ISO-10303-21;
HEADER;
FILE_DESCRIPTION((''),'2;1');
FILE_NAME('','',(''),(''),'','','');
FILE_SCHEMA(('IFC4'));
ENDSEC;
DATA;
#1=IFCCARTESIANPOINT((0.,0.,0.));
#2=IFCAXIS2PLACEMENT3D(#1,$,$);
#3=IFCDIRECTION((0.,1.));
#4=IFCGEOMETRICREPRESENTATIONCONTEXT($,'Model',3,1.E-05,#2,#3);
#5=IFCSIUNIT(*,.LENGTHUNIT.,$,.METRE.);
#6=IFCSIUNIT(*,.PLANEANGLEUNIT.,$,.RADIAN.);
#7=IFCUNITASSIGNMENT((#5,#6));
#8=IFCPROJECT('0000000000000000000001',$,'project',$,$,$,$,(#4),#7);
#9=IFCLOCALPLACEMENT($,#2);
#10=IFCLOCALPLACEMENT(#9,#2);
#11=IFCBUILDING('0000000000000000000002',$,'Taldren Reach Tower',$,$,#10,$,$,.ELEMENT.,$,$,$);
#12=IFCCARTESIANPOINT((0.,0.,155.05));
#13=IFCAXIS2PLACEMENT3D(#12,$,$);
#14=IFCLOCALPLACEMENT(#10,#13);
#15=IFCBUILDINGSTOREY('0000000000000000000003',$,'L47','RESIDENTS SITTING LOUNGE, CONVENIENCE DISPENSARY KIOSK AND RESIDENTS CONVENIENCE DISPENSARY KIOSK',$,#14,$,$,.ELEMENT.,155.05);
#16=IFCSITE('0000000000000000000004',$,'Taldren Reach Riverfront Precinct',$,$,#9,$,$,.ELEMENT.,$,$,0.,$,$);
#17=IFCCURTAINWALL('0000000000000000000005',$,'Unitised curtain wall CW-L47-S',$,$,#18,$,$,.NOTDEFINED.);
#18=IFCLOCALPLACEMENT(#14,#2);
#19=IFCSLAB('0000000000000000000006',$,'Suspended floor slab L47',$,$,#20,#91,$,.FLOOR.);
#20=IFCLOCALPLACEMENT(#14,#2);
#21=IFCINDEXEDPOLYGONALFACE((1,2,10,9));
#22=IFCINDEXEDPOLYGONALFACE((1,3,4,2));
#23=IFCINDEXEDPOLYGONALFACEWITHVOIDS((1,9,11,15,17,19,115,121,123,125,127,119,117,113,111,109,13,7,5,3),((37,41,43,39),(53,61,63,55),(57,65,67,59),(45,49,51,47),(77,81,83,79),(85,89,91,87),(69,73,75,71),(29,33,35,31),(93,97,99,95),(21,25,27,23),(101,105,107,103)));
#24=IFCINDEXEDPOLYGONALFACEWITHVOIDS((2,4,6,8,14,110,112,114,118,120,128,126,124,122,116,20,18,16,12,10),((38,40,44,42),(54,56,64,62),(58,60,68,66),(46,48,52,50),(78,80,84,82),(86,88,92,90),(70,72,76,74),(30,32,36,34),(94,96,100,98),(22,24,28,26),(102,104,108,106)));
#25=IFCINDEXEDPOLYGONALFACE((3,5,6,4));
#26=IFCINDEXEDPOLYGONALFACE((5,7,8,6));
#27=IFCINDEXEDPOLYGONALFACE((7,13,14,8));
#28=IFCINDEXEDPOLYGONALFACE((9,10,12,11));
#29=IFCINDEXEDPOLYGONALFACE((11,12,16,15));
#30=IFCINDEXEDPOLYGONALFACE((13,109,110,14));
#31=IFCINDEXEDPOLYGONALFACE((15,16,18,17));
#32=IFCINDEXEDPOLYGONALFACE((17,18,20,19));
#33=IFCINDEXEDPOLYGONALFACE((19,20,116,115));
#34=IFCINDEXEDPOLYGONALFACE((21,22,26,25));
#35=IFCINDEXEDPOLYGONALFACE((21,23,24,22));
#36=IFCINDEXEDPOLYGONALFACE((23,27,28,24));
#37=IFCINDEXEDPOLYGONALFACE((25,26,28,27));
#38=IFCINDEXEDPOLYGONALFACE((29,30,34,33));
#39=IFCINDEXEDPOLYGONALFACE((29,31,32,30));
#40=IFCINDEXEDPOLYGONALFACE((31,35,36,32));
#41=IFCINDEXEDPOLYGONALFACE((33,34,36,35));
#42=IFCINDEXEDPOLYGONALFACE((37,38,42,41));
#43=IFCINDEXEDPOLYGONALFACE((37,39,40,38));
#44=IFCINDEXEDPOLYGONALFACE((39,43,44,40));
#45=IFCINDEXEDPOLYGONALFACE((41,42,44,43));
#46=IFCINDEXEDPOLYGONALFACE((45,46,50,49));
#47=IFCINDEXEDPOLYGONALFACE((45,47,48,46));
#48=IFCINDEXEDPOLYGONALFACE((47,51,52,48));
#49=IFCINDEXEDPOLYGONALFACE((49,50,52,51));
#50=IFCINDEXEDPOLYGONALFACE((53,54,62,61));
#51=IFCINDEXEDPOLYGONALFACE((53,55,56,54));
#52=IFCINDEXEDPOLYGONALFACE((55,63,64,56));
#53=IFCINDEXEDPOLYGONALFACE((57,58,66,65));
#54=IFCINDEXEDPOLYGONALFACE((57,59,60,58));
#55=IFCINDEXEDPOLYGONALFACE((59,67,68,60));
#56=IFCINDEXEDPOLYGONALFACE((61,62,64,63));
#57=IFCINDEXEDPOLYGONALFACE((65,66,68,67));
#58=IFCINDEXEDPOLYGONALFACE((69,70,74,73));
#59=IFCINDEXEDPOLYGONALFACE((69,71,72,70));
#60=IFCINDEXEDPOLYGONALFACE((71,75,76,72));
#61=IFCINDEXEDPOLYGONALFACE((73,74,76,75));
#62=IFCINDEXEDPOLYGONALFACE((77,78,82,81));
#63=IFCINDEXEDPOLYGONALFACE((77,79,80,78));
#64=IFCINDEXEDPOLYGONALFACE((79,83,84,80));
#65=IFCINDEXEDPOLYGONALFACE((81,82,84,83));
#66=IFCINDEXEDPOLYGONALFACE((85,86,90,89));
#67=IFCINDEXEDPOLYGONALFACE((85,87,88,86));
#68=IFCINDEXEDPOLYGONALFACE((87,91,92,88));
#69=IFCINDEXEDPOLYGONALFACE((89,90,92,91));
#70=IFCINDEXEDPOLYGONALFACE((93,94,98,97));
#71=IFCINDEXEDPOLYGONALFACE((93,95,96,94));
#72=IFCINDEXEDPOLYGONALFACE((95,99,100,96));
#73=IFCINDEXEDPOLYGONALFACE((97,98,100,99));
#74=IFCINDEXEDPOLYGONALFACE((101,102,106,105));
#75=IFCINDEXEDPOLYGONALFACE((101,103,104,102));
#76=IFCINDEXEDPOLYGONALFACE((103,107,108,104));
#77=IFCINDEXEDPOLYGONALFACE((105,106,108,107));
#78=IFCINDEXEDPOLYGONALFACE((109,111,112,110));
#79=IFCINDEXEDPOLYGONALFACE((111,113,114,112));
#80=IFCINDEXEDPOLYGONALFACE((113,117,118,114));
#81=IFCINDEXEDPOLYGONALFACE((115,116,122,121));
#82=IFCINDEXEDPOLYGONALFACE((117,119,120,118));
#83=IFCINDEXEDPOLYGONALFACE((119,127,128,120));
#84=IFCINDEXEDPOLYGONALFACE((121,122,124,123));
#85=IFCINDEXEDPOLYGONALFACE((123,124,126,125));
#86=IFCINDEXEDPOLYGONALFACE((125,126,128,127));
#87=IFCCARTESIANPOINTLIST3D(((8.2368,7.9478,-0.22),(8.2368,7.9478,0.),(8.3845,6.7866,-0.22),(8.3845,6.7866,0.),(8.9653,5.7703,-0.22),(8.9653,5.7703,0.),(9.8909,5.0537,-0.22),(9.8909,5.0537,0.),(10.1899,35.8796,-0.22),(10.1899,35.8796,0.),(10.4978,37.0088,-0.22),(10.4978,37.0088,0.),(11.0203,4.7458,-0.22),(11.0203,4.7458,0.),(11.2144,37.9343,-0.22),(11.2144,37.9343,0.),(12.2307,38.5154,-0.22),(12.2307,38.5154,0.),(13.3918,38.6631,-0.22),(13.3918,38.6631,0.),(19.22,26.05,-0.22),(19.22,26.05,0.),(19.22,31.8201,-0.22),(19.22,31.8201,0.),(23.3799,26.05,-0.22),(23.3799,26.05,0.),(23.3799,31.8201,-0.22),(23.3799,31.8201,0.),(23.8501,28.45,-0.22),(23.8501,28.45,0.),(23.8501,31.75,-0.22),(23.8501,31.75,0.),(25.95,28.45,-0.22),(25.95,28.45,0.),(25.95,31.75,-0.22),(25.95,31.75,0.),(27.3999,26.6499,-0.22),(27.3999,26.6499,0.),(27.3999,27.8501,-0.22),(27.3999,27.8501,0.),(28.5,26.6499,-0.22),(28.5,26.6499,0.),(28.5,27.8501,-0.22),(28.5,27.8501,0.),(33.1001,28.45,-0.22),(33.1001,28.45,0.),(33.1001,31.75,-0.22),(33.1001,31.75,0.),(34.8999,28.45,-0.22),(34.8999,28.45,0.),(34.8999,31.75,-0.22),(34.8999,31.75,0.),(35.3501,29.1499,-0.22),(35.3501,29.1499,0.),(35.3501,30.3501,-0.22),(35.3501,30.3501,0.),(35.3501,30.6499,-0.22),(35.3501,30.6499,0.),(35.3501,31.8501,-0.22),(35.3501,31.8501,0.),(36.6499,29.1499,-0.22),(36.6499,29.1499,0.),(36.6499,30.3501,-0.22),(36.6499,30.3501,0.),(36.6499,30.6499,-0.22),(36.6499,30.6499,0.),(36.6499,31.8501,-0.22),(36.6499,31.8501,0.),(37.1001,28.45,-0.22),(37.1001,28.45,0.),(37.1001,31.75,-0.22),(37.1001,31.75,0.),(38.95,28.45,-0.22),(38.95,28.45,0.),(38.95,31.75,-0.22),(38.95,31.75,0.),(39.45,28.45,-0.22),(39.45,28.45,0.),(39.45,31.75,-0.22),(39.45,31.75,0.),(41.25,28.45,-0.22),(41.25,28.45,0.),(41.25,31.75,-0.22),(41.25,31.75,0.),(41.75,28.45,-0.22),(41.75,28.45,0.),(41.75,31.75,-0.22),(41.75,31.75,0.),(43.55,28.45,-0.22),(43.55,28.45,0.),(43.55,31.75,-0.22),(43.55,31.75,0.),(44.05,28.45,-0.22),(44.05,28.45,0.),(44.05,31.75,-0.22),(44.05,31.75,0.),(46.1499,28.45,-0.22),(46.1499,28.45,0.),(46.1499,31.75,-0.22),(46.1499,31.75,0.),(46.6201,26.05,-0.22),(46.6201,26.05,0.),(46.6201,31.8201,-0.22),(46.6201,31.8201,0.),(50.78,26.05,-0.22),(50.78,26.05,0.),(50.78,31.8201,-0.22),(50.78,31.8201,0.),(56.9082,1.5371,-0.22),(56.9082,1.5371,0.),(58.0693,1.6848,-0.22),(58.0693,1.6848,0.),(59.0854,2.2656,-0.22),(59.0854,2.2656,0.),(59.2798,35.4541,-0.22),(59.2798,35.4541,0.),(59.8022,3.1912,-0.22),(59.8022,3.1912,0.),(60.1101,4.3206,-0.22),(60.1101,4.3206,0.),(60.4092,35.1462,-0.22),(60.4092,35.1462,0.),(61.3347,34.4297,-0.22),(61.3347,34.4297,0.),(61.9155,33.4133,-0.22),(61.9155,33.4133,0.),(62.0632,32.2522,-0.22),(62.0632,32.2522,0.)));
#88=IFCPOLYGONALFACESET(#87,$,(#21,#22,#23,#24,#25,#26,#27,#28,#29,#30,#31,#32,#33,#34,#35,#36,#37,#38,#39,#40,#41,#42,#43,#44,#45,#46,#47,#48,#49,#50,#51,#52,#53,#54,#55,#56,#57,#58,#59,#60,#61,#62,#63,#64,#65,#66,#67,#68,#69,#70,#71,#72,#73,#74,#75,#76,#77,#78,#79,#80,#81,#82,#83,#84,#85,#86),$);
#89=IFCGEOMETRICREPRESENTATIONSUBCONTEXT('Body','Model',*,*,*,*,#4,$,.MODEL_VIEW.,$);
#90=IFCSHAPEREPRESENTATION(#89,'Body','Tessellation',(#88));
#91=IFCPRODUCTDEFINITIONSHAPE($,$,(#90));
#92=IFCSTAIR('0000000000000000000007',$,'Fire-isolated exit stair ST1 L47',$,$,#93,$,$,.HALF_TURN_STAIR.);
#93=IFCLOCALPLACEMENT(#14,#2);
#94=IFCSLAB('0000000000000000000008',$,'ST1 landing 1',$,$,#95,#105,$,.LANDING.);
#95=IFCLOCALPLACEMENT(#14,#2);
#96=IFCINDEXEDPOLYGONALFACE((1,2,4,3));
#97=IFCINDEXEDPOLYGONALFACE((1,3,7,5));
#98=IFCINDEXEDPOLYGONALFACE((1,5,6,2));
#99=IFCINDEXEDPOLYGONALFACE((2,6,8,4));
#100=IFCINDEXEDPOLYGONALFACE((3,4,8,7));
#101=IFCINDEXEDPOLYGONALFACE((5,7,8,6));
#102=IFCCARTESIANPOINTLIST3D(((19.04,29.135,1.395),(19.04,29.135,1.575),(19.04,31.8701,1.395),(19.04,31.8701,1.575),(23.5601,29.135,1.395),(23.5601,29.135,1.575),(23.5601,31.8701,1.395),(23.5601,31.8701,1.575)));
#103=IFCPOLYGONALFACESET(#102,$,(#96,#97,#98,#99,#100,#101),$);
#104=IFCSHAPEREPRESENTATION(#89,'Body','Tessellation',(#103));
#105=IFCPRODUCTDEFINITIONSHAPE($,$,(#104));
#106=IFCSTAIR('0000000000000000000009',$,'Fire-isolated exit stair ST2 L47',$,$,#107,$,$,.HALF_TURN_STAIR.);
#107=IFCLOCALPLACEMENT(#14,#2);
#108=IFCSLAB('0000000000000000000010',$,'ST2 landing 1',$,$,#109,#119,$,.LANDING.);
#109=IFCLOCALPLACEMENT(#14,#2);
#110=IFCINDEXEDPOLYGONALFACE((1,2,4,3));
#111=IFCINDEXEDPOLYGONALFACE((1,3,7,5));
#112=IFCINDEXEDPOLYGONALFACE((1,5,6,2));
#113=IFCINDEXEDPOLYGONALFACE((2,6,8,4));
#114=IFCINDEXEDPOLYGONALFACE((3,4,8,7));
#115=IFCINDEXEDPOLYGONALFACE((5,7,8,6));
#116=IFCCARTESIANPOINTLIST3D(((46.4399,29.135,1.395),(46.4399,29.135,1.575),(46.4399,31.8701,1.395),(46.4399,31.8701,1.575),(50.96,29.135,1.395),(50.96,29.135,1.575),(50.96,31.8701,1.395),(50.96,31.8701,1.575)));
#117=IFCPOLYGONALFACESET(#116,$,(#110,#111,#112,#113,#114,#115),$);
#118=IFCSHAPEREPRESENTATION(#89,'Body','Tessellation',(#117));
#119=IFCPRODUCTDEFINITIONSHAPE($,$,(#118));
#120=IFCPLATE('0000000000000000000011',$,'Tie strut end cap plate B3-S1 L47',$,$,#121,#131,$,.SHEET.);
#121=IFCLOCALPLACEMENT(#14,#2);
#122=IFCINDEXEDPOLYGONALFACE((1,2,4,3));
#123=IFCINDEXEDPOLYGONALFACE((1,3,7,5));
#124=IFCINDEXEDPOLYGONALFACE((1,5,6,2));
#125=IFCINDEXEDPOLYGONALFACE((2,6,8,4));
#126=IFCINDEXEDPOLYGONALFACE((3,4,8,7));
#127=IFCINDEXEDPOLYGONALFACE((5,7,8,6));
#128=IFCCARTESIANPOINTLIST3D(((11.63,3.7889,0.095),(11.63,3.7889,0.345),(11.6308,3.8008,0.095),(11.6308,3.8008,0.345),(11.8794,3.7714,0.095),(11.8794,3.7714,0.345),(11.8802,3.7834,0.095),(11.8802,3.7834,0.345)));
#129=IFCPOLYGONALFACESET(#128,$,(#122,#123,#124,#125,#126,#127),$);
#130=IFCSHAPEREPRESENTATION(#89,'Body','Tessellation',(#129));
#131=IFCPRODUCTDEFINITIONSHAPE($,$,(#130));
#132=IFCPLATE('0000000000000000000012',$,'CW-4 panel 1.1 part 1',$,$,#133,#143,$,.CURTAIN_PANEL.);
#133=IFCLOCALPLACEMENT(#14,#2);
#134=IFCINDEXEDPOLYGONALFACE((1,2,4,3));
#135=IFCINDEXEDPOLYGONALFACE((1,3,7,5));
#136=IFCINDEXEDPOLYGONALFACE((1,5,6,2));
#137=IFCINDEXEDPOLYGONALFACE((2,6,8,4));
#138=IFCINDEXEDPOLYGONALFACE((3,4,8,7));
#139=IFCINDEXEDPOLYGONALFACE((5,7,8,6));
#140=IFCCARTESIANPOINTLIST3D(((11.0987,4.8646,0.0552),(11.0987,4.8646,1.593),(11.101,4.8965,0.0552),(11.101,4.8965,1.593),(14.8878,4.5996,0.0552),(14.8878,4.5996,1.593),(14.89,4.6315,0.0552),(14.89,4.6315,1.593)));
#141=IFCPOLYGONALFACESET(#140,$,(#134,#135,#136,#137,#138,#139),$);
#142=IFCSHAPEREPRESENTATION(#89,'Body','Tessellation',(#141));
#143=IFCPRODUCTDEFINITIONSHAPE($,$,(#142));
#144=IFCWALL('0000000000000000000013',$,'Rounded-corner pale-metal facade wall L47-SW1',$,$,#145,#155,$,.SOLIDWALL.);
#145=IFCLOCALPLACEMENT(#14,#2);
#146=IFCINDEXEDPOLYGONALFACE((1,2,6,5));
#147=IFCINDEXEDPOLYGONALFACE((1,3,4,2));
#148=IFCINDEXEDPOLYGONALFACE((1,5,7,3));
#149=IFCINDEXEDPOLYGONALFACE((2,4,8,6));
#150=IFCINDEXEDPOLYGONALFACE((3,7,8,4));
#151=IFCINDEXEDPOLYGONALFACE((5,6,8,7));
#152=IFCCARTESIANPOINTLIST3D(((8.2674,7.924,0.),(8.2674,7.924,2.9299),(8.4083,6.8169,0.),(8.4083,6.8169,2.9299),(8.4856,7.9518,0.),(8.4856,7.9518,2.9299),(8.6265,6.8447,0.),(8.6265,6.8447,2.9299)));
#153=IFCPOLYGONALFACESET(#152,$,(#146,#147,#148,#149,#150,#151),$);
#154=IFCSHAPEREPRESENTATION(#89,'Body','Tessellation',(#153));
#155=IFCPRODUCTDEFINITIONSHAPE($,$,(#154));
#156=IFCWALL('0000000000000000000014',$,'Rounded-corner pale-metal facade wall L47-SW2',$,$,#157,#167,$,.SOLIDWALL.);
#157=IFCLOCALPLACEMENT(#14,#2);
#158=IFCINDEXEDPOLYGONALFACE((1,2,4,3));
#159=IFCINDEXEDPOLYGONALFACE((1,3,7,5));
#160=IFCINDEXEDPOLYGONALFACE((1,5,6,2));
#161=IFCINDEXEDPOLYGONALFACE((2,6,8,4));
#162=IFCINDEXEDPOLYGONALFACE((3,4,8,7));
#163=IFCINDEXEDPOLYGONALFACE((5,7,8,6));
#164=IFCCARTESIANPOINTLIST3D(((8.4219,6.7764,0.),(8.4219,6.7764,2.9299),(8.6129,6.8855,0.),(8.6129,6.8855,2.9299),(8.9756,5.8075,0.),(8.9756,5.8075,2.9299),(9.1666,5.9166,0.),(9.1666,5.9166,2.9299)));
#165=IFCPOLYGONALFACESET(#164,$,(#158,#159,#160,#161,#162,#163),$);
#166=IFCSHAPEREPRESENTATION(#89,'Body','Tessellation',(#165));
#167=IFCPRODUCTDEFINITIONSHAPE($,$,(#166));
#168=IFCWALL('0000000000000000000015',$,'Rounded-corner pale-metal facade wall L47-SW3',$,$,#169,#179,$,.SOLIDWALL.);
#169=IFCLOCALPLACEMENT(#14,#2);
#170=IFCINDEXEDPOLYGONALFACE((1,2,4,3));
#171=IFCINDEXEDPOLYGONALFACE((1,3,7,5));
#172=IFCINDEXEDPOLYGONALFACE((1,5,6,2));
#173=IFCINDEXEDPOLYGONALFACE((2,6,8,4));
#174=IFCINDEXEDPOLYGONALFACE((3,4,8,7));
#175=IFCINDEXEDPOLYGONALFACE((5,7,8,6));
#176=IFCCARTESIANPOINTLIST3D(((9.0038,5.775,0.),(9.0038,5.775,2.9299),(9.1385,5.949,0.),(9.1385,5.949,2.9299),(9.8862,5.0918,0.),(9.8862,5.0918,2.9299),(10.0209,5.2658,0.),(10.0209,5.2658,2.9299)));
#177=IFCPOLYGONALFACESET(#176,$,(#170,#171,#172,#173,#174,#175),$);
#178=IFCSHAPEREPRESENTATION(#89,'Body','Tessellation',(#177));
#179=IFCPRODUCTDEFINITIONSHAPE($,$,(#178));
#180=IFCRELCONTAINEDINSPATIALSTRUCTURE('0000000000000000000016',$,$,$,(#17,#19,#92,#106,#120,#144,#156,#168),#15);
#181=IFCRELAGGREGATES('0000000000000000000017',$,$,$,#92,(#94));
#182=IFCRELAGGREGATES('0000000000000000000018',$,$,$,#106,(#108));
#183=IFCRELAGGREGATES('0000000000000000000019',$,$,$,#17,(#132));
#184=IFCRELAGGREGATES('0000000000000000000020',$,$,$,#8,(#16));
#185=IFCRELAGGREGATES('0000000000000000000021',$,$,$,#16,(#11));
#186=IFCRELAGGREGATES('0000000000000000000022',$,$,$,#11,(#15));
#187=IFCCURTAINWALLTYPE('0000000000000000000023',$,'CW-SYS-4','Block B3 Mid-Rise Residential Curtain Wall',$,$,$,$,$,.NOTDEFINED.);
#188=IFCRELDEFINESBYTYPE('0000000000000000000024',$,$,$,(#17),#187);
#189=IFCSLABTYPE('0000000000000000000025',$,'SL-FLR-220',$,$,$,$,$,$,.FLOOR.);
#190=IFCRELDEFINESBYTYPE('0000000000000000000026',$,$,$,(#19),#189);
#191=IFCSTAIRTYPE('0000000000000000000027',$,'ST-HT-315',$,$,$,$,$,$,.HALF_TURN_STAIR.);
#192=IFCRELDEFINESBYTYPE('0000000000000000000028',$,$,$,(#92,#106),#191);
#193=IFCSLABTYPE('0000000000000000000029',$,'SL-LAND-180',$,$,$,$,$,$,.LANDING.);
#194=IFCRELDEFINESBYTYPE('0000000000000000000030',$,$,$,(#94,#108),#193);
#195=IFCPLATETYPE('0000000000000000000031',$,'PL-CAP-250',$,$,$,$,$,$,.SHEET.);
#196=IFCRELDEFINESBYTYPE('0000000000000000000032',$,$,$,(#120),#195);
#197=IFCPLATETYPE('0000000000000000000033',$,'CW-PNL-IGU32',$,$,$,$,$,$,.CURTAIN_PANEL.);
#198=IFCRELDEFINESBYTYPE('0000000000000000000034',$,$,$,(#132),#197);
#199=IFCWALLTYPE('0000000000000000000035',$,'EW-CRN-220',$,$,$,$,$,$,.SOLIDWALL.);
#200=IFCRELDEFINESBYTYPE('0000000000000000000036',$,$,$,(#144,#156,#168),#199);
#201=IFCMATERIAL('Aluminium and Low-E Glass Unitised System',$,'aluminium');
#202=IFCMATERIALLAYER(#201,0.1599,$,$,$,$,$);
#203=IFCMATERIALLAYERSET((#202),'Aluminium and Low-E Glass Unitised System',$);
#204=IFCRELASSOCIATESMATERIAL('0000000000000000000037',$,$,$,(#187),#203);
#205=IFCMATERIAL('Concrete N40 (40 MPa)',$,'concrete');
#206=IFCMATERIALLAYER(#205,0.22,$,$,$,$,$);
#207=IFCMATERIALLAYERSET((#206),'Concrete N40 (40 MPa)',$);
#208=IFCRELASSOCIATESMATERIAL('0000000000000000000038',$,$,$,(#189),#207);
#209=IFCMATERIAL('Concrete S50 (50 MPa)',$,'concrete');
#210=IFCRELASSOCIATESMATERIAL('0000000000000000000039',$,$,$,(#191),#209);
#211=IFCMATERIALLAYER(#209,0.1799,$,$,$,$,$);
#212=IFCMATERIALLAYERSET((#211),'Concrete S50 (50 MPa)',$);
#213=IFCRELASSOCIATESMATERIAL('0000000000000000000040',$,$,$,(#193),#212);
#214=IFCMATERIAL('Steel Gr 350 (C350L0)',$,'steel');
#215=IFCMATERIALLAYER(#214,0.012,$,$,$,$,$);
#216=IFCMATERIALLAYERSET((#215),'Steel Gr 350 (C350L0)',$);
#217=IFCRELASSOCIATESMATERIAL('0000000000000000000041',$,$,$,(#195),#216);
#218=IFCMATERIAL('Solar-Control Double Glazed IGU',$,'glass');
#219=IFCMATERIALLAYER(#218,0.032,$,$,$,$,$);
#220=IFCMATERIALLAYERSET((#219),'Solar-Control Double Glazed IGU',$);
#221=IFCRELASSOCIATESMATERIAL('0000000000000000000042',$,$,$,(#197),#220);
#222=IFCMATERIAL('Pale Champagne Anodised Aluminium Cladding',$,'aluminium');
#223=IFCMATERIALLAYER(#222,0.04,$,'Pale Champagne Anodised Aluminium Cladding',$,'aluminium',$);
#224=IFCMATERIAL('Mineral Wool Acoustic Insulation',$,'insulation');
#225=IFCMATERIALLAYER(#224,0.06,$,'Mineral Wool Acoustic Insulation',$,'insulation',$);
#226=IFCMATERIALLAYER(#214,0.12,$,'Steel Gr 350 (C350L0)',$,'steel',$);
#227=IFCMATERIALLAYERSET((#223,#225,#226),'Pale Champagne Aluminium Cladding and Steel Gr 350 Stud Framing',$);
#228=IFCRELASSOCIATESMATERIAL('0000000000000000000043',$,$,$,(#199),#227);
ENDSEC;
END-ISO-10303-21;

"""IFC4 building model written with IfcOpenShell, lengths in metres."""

from ifc_helpers import new_model, si_unit, direction, frame, frame_2d, origin, origin_2d, place, context, subcontext, project, spatial, polyline, rectangle, outline, extrude, source, transform, mapped, material, layer, layer_set, type_object, element, aggregate, save


model = new_model("IFC4")

# Units and contexts
model_context = context("Model", 3, precision=1e-05, world=origin(), true_north=direction((0.0, 1.0)))
body_context = subcontext(model_context, "Body", "Model", "MODEL_VIEW")
ifc_project = project(units=[si_unit("LENGTHUNIT", "METRE"), si_unit("PLANEANGLEUNIT", "RADIAN")], contexts=[model_context])

# Site, building, storey
site_placement = place(None, origin())
site = spatial("IfcSite", under=ifc_project, at=site_placement, Name="Taldren Reach Riverfront Precinct", CompositionType="ELEMENT", RefElevation=0.0)
building_placement = place(site_placement, origin())
building = spatial("IfcBuilding", under=site, at=building_placement, Name="Taldren Reach Tower", CompositionType="ELEMENT")
storey_placement = place(building_placement, frame((0.0, 0.0, 155.05)))
storey = spatial("IfcBuildingStorey", under=building, at=storey_placement, Name="L47", Description="RESIDENTS SITTING LOUNGE, CONVENIENCE DISPENSARY KIOSK AND RESIDENTS CONVENIENCE DISPENSARY KIOSK", CompositionType="ELEMENT", Elevation=155.05)

# Shared definitions
ifc_material_1 = material(Name="Steel Gr 350 (C350L0)", Category="steel")

# Curtain wall
ifc_material_2 = material(Name="Aluminium and Low-E Glass Unitised System", Category="aluminium")
ifc_layer_1 = layer(ifc_material_2, 0.1599)
ifc_layer_set_1 = layer_set([ifc_layer_1], Name="Aluminium and Low-E Glass Unitised System")
curtain_wall_type = type_object("IfcCurtainWallType", Name="CW-SYS-4", Description="Block B3 Mid-Rise Residential Curtain Wall", PredefinedType="NOTDEFINED", material=ifc_layer_set_1)
curtain_wall_1_placement = place(storey_placement, origin())
curtain_wall_1 = element("IfcCurtainWall", 1, at=curtain_wall_1_placement, inside=storey, type_object=curtain_wall_type, Name="Unitised curtain wall CW-L47-S", PredefinedType="NOTDEFINED")

# Slab
ifc_material_3 = material(Name="Concrete N40 (40 MPa)", Category="concrete")
ifc_layer_2 = layer(ifc_material_3, 0.22)
ifc_layer_set_2 = layer_set([ifc_layer_2], Name="Concrete N40 (40 MPa)")
slab_type_1 = type_object("IfcSlabType", Name="SL-FLR-220", PredefinedType="FLOOR", material=ifc_layer_set_2)
slab_1_placement = place(storey_placement, frame((0.0, 0.0, -0.22)))
element("IfcSlab", 2, at=slab_1_placement, inside=storey, type_object=slab_type_1, Name="Suspended floor slab L47", PredefinedType="FLOOR", context=body_context, shape_type="SweptSolid", body=[
    extrude(outline(polyline([(56.9082, 1.5371), (58.0693, 1.6848), (59.0854, 2.2656), (59.8022, 3.1912), (60.1101, 4.3206), (62.0632, 32.2522), (61.9155, 33.4133), (61.3347, 34.4297), (60.4092, 35.1462), (59.2798, 35.4541), (13.3918, 38.6631), (12.2307, 38.5154), (11.2144, 37.9343), (10.4978, 37.0088), (10.1899, 35.8796), (8.2368, 7.9478), (8.3845, 6.7866), (8.9653, 5.7703), (9.8909, 5.0537), (11.0203, 4.7458), (56.9082, 1.5371)]), holes=[polyline([(19.22, 26.05), (23.3799, 26.05), (23.3799, 31.8201), (19.22, 31.8201), (19.22, 26.05)]), polyline([(46.6201, 26.05), (50.78, 26.05), (50.78, 31.8201), (46.6201, 31.8201), (46.6201, 26.05)]), polyline([(23.8501, 28.45), (25.95, 28.45), (25.95, 31.75), (23.8501, 31.75), (23.8501, 28.45)]), polyline([(44.05, 28.45), (46.1499, 28.45), (46.1499, 31.75), (44.05, 31.75), (44.05, 28.45)]), polyline([(33.1001, 28.45), (34.8999, 28.45), (34.8999, 31.75), (33.1001, 31.75), (33.1001, 28.45)]), polyline([(37.1001, 28.45), (38.95, 28.45), (38.95, 31.75), (37.1001, 31.75), (37.1001, 28.45)]), polyline([(39.45, 28.45), (41.25, 28.45), (41.25, 31.75), (39.45, 31.75), (39.45, 28.45)]), polyline([(41.75, 28.45), (43.55, 28.45), (43.55, 31.75), (41.75, 31.75), (41.75, 28.45)]), polyline([(35.3501, 30.6499), (36.6499, 30.6499), (36.6499, 31.8501), (35.3501, 31.8501), (35.3501, 30.6499)]), polyline([(35.3501, 29.1499), (36.6499, 29.1499), (36.6499, 30.3501), (35.3501, 30.3501), (35.3501, 29.1499)]), polyline([(27.3999, 26.6499), (28.5, 26.6499), (28.5, 27.8501), (27.3999, 27.8501), (27.3999, 26.6499)])]), origin(), (0.0, 0.0, 1.0), 0.22),
])

# Stairs, slabs
ifc_material_4 = material(Name="Concrete S50 (50 MPa)", Category="concrete")
stair_type = type_object("IfcStairType", Name="ST-HT-315", PredefinedType="HALF_TURN_STAIR", material=ifc_material_4)
stair_1_placement = place(storey_placement, origin())
stair_1 = element("IfcStair", 3, at=stair_1_placement, inside=storey, type_object=stair_type, Name="Fire-isolated exit stair ST1 L47", PredefinedType="HALF_TURN_STAIR")
ifc_layer_3 = layer(ifc_material_4, 0.1799)
ifc_layer_set_3 = layer_set([ifc_layer_3], Name="Concrete S50 (50 MPa)")
slab_type_2 = type_object("IfcSlabType", Name="SL-LAND-180", PredefinedType="LANDING", material=ifc_layer_set_3)
slab_2_placement = place(storey_placement, frame((0.0, 0.0, 1.395)))
slab_2 = element("IfcSlab", 4, at=slab_2_placement, type_object=slab_type_2, Name="ST1 landing 1", PredefinedType="LANDING", context=body_context, shape_type="SweptSolid", body=[
    extrude(outline(polyline([(19.04, 29.135), (23.5601, 29.135), (23.5601, 31.8701), (19.04, 31.8701), (19.04, 29.135)])), origin(), (0.0, 0.0, 1.0), 0.1799),
])
aggregate(stair_1, [slab_2])
stair_2_placement = place(storey_placement, origin())
stair_2 = element("IfcStair", 5, at=stair_2_placement, inside=storey, type_object=stair_type, Name="Fire-isolated exit stair ST2 L47", PredefinedType="HALF_TURN_STAIR")
slab_3_placement = place(storey_placement, frame((0.0, 0.0, 1.395)))
slab_3 = element("IfcSlab", 6, at=slab_3_placement, type_object=slab_type_2, Name="ST2 landing 1", PredefinedType="LANDING", context=body_context, shape_type="SweptSolid", body=[
    extrude(outline(polyline([(46.4399, 29.135), (50.96, 29.135), (50.96, 31.8701), (46.4399, 31.8701), (46.4399, 29.135)])), origin(), (0.0, 0.0, 1.0), 0.1799),
])
aggregate(stair_2, [slab_3])

# Plates
ifc_layer_4 = layer(ifc_material_1, 0.012)
ifc_layer_set_4 = layer_set([ifc_layer_4], Name="Steel Gr 350 (C350L0)")
plate_type_1 = type_object("IfcPlateType", Name="PL-CAP-250", PredefinedType="SHEET", material=ifc_layer_set_4)
shared_shape_1 = source(origin(), body_context, "Body", "SweptSolid", [
    extrude(rectangle(XDim=0.25, YDim=0.012, at=origin_2d()), origin(), (0.0, 0.0, 1.0), 0.25),
])
plate_1_placement = place(storey_placement, frame((11.7551, 3.7861, 0.095), z_axis=(0.0, 0.0, 1.0), x_axis=(0.997564, -0.069756, 0.0)))
element("IfcPlate", 7, at=plate_1_placement, inside=storey, type_object=plate_type_1, Name="Tie strut end cap plate B3-S1 L47", PredefinedType="SHEET", context=body_context, shape_type="MappedRepresentation", body=[
    mapped(shared_shape_1, transform((0.0, 0.0, 0.0), scale=1.0)),
])
ifc_material_5 = material(Name="Solar-Control Double Glazed IGU", Category="glass")
ifc_layer_5 = layer(ifc_material_5, 0.032)
ifc_layer_set_5 = layer_set([ifc_layer_5], Name="Solar-Control Double Glazed IGU")
plate_type_2 = type_object("IfcPlateType", Name="CW-PNL-IGU32", PredefinedType="CURTAIN_PANEL", material=ifc_layer_set_5)
shared_shape_2 = source(origin(), body_context, "Body", "SweptSolid", [
    extrude(rectangle(XDim=3.7983, YDim=0.032, at=origin_2d()), origin(), (0.0, 0.0, 1.0), 1.5378),
])
plate_2_placement = place(storey_placement, frame((12.9944, 4.748, 0.0552), z_axis=(0.0, 0.0, 1.0), x_axis=(0.997564, -0.069757, 0.0)))
plate_2 = element("IfcPlate", 8, at=plate_2_placement, type_object=plate_type_2, Name="CW-4 panel 1.1 part 1", PredefinedType="CURTAIN_PANEL", context=body_context, shape_type="MappedRepresentation", body=[
    mapped(shared_shape_2, transform((0.0, 0.0, 0.0), scale=1.0)),
])
aggregate(curtain_wall_1, [plate_2])

# Walls
ifc_material_6 = material(Name="Pale Champagne Anodised Aluminium Cladding", Category="aluminium")
ifc_layer_6 = layer(ifc_material_6, 0.04, Name="Pale Champagne Anodised Aluminium Cladding", Category="aluminium")
ifc_material_7 = material(Name="Mineral Wool Acoustic Insulation", Category="insulation")
ifc_layer_7 = layer(ifc_material_7, 0.06, Name="Mineral Wool Acoustic Insulation", Category="insulation")
ifc_layer_8 = layer(ifc_material_1, 0.12, Name="Steel Gr 350 (C350L0)", Category="steel")
ifc_layer_set_6 = layer_set([ifc_layer_6, ifc_layer_7, ifc_layer_8], Name="Pale Champagne Aluminium Cladding and Steel Gr 350 Stud Framing")
wall_type = type_object("IfcWallType", Name="EW-CRN-220", PredefinedType="SOLIDWALL", material=ifc_layer_set_6)
shared_shape_3 = source(origin(), body_context, "Body", "SweptSolid", [
    extrude(rectangle(XDim=1.116, YDim=0.22, at=frame_2d((0.5581, 0.0))), origin(), (0.0, 0.0, 1.0), 2.9299),
])
for number, where, z_axis, x_axis, name in (
    (9, (8.3765, 7.938, 0.0), (0.0, 0.0, 1.0), (0.126243, -0.991999, 0.0), "Rounded-corner pale-metal facade wall L47-SW1"),
    (10, (8.5173, 6.8311, 0.0), (0.0, 0.0, 1.0), (0.496139, -0.868243, 0.0), "Rounded-corner pale-metal facade wall L47-SW2"),
    (11, (9.071, 5.8621, 0.0), (0.0, 0.0, 1.0), (0.790717, -0.612182, 0.0), "Rounded-corner pale-metal facade wall L47-SW3"),
):
    element("IfcWall", number, at=place(storey_placement, frame(where, z_axis=z_axis, x_axis=x_axis)), inside=storey, type_object=wall_type, Name=name, PredefinedType="SOLIDWALL", context=body_context, shape_type="MappedRepresentation", body=[
        mapped(shared_shape_3, transform((0.0, 0.0, 0.0), scale=1.0)),
    ])

save(model, "model.ifc")
